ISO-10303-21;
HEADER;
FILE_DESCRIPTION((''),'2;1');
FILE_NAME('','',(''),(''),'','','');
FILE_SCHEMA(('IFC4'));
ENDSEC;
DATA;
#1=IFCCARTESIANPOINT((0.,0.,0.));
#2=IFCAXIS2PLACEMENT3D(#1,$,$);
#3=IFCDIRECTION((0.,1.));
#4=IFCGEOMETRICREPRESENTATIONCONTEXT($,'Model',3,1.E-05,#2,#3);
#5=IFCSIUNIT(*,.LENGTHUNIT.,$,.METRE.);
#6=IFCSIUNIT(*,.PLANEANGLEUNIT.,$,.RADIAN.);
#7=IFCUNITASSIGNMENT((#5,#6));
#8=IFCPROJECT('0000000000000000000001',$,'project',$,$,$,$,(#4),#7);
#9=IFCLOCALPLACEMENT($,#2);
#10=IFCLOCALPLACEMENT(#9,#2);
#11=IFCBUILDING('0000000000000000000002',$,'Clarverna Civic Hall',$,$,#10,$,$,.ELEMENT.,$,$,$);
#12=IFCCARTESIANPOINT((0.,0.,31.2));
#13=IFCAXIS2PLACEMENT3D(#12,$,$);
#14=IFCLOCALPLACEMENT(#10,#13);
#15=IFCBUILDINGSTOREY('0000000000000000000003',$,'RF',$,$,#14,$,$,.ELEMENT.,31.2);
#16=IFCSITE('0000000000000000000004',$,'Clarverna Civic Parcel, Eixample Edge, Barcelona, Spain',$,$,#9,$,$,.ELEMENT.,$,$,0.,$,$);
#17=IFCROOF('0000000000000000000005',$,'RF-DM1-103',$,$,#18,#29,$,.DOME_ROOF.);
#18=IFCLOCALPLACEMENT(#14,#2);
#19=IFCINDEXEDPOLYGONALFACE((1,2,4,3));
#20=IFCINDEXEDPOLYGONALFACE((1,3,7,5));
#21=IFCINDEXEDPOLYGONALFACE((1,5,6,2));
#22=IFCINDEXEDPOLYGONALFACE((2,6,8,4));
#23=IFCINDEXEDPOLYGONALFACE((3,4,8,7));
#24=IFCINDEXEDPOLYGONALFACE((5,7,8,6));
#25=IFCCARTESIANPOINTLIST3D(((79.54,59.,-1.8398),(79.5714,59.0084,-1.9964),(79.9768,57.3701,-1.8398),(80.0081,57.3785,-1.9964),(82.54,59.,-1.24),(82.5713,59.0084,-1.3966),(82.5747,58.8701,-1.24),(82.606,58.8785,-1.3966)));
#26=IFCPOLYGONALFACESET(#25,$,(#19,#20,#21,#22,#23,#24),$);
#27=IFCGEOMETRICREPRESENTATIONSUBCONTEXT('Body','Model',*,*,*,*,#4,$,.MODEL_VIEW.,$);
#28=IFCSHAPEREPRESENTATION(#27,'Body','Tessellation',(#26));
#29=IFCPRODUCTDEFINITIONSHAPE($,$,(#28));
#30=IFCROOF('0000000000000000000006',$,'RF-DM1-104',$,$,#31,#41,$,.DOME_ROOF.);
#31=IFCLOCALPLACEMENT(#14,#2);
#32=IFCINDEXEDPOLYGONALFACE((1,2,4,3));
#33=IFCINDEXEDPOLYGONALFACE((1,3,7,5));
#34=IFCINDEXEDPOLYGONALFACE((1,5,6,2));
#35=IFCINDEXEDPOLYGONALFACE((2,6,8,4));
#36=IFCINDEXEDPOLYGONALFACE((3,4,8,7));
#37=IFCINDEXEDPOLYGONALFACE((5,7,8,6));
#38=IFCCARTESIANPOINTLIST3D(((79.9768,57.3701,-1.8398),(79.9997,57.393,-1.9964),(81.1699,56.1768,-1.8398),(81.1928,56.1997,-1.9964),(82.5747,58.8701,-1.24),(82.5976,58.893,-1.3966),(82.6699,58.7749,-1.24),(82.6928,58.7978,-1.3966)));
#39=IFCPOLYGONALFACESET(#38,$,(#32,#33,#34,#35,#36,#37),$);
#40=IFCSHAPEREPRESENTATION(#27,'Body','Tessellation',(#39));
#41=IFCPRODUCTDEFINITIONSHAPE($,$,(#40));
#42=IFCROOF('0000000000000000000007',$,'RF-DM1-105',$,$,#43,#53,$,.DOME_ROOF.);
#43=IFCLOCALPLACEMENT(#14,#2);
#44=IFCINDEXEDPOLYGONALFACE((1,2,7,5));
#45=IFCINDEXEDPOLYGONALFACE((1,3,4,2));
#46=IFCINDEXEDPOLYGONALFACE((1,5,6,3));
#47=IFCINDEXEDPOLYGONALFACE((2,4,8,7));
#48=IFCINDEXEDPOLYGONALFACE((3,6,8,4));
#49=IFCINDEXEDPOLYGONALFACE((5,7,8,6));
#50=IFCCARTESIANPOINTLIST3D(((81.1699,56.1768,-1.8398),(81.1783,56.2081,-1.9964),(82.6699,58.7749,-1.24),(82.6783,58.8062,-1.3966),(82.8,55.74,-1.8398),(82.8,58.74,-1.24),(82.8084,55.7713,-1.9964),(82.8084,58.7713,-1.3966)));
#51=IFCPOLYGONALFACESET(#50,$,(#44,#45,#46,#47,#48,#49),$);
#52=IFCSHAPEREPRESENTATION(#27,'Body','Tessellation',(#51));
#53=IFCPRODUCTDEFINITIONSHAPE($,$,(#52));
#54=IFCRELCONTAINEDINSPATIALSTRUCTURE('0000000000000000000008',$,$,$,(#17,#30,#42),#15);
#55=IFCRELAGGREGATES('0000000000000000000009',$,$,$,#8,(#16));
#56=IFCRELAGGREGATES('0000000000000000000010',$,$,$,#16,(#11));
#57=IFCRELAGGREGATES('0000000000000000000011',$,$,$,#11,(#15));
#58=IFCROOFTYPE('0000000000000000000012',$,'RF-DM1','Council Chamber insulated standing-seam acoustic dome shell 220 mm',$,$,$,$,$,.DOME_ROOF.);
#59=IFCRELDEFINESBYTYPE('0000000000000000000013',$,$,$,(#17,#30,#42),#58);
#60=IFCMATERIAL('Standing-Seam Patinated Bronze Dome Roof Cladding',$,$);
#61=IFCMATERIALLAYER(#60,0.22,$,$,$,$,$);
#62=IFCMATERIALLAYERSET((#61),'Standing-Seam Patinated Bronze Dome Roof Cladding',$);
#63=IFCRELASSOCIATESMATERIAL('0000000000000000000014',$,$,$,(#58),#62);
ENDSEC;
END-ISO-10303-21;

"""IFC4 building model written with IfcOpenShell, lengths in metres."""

from ifc_helpers import new_model, si_unit, direction, frame, origin, place, context, subcontext, project, spatial, polyline, outline, extrude, material, layer, layer_set, type_object, element, save


model = new_model("IFC4")

# Units and contexts
model_context = context("Model", 3, precision=1e-05, world=origin(), true_north=direction((0.0, 1.0)))
body_context = subcontext(model_context, "Body", "Model", "MODEL_VIEW")
ifc_project = project(units=[si_unit("LENGTHUNIT", "METRE"), si_unit("PLANEANGLEUNIT", "RADIAN")], contexts=[model_context])

# Site, building, storey
site_placement = place(None, origin())
site = spatial("IfcSite", under=ifc_project, at=site_placement, Name="Clarverna Civic Parcel, Eixample Edge, Barcelona, Spain", CompositionType="ELEMENT", RefElevation=0.0)
building_placement = place(site_placement, origin())
building = spatial("IfcBuilding", under=site, at=building_placement, Name="Clarverna Civic Hall", CompositionType="ELEMENT")
storey_placement = place(building_placement, frame((0.0, 0.0, 31.2)))
storey = spatial("IfcBuildingStorey", under=building, at=storey_placement, Name="RF", CompositionType="ELEMENT", Elevation=31.2)

# Roofs
ifc_material_1 = material(Name="Standing-Seam Patinated Bronze Dome Roof Cladding")
ifc_layer_1 = layer(ifc_material_1, 0.22)
ifc_layer_set_1 = layer_set([ifc_layer_1], Name="Standing-Seam Patinated Bronze Dome Roof Cladding")
roof_type = type_object("IfcRoofType", Name="RF-DM1", Description="Council Chamber insulated standing-seam acoustic dome shell 220 mm", PredefinedType="DOME_ROOF", material=ifc_layer_set_1)
roof_1_placement = place(storey_placement, frame((79.54, 59.0, -1.8398), z_axis=(-0.195808, -0.052456, 0.979238), x_axis=(0.258839, -0.96592, 0.000014)))
element("IfcRoof", 1, at=roof_1_placement, inside=storey, type_object=roof_type, Name="RF-DM1-103", PredefinedType="DOME_ROOF", context=body_context, shape_type="SweptSolid", body=[
    extrude(outline(polyline([(0.0, 0.0), (1.6874, 0.0), (0.911, 2.9591), (0.7765, 2.9592), (0.0, 0.0)])), origin(), (0.0, 0.0, -1.0), 0.1599),
])
roof_2_placement = place(storey_placement, frame((79.9768, 57.3701, -1.8398), z_axis=(-0.143351, -0.143324, 0.979239), x_axis=(0.707035, -0.707179, -0.000002)))
element("IfcRoof", 2, at=roof_2_placement, inside=storey, type_object=roof_type, Name="RF-DM1-104", PredefinedType="DOME_ROOF", context=body_context, shape_type="SweptSolid", body=[
    extrude(outline(polyline([(0.0, 0.0), (1.6875, 0.0), (0.9107, 2.9592), (0.776, 2.9592), (0.0, 0.0)])), origin(), (0.0, 0.0, -1.0), 0.1599),
])
roof_3_placement = place(storey_placement, frame((81.1699, 56.1768, -1.8398), z_axis=(-0.052466, -0.195797, 0.97924), x_axis=(0.965929, -0.258807, 0.000005)))
element("IfcRoof", 3, at=roof_3_placement, inside=storey, type_object=roof_type, Name="RF-DM1-105", PredefinedType="DOME_ROOF", context=body_context, shape_type="SweptSolid", body=[
    extrude(outline(polyline([(0.0, 0.0), (1.6876, 0.0), (0.9112, 2.9592), (0.7765, 2.9593), (0.0, 0.0)])), origin(), (0.0, 0.0, -1.0), 0.1599),
])

save(model, "model.ifc")
